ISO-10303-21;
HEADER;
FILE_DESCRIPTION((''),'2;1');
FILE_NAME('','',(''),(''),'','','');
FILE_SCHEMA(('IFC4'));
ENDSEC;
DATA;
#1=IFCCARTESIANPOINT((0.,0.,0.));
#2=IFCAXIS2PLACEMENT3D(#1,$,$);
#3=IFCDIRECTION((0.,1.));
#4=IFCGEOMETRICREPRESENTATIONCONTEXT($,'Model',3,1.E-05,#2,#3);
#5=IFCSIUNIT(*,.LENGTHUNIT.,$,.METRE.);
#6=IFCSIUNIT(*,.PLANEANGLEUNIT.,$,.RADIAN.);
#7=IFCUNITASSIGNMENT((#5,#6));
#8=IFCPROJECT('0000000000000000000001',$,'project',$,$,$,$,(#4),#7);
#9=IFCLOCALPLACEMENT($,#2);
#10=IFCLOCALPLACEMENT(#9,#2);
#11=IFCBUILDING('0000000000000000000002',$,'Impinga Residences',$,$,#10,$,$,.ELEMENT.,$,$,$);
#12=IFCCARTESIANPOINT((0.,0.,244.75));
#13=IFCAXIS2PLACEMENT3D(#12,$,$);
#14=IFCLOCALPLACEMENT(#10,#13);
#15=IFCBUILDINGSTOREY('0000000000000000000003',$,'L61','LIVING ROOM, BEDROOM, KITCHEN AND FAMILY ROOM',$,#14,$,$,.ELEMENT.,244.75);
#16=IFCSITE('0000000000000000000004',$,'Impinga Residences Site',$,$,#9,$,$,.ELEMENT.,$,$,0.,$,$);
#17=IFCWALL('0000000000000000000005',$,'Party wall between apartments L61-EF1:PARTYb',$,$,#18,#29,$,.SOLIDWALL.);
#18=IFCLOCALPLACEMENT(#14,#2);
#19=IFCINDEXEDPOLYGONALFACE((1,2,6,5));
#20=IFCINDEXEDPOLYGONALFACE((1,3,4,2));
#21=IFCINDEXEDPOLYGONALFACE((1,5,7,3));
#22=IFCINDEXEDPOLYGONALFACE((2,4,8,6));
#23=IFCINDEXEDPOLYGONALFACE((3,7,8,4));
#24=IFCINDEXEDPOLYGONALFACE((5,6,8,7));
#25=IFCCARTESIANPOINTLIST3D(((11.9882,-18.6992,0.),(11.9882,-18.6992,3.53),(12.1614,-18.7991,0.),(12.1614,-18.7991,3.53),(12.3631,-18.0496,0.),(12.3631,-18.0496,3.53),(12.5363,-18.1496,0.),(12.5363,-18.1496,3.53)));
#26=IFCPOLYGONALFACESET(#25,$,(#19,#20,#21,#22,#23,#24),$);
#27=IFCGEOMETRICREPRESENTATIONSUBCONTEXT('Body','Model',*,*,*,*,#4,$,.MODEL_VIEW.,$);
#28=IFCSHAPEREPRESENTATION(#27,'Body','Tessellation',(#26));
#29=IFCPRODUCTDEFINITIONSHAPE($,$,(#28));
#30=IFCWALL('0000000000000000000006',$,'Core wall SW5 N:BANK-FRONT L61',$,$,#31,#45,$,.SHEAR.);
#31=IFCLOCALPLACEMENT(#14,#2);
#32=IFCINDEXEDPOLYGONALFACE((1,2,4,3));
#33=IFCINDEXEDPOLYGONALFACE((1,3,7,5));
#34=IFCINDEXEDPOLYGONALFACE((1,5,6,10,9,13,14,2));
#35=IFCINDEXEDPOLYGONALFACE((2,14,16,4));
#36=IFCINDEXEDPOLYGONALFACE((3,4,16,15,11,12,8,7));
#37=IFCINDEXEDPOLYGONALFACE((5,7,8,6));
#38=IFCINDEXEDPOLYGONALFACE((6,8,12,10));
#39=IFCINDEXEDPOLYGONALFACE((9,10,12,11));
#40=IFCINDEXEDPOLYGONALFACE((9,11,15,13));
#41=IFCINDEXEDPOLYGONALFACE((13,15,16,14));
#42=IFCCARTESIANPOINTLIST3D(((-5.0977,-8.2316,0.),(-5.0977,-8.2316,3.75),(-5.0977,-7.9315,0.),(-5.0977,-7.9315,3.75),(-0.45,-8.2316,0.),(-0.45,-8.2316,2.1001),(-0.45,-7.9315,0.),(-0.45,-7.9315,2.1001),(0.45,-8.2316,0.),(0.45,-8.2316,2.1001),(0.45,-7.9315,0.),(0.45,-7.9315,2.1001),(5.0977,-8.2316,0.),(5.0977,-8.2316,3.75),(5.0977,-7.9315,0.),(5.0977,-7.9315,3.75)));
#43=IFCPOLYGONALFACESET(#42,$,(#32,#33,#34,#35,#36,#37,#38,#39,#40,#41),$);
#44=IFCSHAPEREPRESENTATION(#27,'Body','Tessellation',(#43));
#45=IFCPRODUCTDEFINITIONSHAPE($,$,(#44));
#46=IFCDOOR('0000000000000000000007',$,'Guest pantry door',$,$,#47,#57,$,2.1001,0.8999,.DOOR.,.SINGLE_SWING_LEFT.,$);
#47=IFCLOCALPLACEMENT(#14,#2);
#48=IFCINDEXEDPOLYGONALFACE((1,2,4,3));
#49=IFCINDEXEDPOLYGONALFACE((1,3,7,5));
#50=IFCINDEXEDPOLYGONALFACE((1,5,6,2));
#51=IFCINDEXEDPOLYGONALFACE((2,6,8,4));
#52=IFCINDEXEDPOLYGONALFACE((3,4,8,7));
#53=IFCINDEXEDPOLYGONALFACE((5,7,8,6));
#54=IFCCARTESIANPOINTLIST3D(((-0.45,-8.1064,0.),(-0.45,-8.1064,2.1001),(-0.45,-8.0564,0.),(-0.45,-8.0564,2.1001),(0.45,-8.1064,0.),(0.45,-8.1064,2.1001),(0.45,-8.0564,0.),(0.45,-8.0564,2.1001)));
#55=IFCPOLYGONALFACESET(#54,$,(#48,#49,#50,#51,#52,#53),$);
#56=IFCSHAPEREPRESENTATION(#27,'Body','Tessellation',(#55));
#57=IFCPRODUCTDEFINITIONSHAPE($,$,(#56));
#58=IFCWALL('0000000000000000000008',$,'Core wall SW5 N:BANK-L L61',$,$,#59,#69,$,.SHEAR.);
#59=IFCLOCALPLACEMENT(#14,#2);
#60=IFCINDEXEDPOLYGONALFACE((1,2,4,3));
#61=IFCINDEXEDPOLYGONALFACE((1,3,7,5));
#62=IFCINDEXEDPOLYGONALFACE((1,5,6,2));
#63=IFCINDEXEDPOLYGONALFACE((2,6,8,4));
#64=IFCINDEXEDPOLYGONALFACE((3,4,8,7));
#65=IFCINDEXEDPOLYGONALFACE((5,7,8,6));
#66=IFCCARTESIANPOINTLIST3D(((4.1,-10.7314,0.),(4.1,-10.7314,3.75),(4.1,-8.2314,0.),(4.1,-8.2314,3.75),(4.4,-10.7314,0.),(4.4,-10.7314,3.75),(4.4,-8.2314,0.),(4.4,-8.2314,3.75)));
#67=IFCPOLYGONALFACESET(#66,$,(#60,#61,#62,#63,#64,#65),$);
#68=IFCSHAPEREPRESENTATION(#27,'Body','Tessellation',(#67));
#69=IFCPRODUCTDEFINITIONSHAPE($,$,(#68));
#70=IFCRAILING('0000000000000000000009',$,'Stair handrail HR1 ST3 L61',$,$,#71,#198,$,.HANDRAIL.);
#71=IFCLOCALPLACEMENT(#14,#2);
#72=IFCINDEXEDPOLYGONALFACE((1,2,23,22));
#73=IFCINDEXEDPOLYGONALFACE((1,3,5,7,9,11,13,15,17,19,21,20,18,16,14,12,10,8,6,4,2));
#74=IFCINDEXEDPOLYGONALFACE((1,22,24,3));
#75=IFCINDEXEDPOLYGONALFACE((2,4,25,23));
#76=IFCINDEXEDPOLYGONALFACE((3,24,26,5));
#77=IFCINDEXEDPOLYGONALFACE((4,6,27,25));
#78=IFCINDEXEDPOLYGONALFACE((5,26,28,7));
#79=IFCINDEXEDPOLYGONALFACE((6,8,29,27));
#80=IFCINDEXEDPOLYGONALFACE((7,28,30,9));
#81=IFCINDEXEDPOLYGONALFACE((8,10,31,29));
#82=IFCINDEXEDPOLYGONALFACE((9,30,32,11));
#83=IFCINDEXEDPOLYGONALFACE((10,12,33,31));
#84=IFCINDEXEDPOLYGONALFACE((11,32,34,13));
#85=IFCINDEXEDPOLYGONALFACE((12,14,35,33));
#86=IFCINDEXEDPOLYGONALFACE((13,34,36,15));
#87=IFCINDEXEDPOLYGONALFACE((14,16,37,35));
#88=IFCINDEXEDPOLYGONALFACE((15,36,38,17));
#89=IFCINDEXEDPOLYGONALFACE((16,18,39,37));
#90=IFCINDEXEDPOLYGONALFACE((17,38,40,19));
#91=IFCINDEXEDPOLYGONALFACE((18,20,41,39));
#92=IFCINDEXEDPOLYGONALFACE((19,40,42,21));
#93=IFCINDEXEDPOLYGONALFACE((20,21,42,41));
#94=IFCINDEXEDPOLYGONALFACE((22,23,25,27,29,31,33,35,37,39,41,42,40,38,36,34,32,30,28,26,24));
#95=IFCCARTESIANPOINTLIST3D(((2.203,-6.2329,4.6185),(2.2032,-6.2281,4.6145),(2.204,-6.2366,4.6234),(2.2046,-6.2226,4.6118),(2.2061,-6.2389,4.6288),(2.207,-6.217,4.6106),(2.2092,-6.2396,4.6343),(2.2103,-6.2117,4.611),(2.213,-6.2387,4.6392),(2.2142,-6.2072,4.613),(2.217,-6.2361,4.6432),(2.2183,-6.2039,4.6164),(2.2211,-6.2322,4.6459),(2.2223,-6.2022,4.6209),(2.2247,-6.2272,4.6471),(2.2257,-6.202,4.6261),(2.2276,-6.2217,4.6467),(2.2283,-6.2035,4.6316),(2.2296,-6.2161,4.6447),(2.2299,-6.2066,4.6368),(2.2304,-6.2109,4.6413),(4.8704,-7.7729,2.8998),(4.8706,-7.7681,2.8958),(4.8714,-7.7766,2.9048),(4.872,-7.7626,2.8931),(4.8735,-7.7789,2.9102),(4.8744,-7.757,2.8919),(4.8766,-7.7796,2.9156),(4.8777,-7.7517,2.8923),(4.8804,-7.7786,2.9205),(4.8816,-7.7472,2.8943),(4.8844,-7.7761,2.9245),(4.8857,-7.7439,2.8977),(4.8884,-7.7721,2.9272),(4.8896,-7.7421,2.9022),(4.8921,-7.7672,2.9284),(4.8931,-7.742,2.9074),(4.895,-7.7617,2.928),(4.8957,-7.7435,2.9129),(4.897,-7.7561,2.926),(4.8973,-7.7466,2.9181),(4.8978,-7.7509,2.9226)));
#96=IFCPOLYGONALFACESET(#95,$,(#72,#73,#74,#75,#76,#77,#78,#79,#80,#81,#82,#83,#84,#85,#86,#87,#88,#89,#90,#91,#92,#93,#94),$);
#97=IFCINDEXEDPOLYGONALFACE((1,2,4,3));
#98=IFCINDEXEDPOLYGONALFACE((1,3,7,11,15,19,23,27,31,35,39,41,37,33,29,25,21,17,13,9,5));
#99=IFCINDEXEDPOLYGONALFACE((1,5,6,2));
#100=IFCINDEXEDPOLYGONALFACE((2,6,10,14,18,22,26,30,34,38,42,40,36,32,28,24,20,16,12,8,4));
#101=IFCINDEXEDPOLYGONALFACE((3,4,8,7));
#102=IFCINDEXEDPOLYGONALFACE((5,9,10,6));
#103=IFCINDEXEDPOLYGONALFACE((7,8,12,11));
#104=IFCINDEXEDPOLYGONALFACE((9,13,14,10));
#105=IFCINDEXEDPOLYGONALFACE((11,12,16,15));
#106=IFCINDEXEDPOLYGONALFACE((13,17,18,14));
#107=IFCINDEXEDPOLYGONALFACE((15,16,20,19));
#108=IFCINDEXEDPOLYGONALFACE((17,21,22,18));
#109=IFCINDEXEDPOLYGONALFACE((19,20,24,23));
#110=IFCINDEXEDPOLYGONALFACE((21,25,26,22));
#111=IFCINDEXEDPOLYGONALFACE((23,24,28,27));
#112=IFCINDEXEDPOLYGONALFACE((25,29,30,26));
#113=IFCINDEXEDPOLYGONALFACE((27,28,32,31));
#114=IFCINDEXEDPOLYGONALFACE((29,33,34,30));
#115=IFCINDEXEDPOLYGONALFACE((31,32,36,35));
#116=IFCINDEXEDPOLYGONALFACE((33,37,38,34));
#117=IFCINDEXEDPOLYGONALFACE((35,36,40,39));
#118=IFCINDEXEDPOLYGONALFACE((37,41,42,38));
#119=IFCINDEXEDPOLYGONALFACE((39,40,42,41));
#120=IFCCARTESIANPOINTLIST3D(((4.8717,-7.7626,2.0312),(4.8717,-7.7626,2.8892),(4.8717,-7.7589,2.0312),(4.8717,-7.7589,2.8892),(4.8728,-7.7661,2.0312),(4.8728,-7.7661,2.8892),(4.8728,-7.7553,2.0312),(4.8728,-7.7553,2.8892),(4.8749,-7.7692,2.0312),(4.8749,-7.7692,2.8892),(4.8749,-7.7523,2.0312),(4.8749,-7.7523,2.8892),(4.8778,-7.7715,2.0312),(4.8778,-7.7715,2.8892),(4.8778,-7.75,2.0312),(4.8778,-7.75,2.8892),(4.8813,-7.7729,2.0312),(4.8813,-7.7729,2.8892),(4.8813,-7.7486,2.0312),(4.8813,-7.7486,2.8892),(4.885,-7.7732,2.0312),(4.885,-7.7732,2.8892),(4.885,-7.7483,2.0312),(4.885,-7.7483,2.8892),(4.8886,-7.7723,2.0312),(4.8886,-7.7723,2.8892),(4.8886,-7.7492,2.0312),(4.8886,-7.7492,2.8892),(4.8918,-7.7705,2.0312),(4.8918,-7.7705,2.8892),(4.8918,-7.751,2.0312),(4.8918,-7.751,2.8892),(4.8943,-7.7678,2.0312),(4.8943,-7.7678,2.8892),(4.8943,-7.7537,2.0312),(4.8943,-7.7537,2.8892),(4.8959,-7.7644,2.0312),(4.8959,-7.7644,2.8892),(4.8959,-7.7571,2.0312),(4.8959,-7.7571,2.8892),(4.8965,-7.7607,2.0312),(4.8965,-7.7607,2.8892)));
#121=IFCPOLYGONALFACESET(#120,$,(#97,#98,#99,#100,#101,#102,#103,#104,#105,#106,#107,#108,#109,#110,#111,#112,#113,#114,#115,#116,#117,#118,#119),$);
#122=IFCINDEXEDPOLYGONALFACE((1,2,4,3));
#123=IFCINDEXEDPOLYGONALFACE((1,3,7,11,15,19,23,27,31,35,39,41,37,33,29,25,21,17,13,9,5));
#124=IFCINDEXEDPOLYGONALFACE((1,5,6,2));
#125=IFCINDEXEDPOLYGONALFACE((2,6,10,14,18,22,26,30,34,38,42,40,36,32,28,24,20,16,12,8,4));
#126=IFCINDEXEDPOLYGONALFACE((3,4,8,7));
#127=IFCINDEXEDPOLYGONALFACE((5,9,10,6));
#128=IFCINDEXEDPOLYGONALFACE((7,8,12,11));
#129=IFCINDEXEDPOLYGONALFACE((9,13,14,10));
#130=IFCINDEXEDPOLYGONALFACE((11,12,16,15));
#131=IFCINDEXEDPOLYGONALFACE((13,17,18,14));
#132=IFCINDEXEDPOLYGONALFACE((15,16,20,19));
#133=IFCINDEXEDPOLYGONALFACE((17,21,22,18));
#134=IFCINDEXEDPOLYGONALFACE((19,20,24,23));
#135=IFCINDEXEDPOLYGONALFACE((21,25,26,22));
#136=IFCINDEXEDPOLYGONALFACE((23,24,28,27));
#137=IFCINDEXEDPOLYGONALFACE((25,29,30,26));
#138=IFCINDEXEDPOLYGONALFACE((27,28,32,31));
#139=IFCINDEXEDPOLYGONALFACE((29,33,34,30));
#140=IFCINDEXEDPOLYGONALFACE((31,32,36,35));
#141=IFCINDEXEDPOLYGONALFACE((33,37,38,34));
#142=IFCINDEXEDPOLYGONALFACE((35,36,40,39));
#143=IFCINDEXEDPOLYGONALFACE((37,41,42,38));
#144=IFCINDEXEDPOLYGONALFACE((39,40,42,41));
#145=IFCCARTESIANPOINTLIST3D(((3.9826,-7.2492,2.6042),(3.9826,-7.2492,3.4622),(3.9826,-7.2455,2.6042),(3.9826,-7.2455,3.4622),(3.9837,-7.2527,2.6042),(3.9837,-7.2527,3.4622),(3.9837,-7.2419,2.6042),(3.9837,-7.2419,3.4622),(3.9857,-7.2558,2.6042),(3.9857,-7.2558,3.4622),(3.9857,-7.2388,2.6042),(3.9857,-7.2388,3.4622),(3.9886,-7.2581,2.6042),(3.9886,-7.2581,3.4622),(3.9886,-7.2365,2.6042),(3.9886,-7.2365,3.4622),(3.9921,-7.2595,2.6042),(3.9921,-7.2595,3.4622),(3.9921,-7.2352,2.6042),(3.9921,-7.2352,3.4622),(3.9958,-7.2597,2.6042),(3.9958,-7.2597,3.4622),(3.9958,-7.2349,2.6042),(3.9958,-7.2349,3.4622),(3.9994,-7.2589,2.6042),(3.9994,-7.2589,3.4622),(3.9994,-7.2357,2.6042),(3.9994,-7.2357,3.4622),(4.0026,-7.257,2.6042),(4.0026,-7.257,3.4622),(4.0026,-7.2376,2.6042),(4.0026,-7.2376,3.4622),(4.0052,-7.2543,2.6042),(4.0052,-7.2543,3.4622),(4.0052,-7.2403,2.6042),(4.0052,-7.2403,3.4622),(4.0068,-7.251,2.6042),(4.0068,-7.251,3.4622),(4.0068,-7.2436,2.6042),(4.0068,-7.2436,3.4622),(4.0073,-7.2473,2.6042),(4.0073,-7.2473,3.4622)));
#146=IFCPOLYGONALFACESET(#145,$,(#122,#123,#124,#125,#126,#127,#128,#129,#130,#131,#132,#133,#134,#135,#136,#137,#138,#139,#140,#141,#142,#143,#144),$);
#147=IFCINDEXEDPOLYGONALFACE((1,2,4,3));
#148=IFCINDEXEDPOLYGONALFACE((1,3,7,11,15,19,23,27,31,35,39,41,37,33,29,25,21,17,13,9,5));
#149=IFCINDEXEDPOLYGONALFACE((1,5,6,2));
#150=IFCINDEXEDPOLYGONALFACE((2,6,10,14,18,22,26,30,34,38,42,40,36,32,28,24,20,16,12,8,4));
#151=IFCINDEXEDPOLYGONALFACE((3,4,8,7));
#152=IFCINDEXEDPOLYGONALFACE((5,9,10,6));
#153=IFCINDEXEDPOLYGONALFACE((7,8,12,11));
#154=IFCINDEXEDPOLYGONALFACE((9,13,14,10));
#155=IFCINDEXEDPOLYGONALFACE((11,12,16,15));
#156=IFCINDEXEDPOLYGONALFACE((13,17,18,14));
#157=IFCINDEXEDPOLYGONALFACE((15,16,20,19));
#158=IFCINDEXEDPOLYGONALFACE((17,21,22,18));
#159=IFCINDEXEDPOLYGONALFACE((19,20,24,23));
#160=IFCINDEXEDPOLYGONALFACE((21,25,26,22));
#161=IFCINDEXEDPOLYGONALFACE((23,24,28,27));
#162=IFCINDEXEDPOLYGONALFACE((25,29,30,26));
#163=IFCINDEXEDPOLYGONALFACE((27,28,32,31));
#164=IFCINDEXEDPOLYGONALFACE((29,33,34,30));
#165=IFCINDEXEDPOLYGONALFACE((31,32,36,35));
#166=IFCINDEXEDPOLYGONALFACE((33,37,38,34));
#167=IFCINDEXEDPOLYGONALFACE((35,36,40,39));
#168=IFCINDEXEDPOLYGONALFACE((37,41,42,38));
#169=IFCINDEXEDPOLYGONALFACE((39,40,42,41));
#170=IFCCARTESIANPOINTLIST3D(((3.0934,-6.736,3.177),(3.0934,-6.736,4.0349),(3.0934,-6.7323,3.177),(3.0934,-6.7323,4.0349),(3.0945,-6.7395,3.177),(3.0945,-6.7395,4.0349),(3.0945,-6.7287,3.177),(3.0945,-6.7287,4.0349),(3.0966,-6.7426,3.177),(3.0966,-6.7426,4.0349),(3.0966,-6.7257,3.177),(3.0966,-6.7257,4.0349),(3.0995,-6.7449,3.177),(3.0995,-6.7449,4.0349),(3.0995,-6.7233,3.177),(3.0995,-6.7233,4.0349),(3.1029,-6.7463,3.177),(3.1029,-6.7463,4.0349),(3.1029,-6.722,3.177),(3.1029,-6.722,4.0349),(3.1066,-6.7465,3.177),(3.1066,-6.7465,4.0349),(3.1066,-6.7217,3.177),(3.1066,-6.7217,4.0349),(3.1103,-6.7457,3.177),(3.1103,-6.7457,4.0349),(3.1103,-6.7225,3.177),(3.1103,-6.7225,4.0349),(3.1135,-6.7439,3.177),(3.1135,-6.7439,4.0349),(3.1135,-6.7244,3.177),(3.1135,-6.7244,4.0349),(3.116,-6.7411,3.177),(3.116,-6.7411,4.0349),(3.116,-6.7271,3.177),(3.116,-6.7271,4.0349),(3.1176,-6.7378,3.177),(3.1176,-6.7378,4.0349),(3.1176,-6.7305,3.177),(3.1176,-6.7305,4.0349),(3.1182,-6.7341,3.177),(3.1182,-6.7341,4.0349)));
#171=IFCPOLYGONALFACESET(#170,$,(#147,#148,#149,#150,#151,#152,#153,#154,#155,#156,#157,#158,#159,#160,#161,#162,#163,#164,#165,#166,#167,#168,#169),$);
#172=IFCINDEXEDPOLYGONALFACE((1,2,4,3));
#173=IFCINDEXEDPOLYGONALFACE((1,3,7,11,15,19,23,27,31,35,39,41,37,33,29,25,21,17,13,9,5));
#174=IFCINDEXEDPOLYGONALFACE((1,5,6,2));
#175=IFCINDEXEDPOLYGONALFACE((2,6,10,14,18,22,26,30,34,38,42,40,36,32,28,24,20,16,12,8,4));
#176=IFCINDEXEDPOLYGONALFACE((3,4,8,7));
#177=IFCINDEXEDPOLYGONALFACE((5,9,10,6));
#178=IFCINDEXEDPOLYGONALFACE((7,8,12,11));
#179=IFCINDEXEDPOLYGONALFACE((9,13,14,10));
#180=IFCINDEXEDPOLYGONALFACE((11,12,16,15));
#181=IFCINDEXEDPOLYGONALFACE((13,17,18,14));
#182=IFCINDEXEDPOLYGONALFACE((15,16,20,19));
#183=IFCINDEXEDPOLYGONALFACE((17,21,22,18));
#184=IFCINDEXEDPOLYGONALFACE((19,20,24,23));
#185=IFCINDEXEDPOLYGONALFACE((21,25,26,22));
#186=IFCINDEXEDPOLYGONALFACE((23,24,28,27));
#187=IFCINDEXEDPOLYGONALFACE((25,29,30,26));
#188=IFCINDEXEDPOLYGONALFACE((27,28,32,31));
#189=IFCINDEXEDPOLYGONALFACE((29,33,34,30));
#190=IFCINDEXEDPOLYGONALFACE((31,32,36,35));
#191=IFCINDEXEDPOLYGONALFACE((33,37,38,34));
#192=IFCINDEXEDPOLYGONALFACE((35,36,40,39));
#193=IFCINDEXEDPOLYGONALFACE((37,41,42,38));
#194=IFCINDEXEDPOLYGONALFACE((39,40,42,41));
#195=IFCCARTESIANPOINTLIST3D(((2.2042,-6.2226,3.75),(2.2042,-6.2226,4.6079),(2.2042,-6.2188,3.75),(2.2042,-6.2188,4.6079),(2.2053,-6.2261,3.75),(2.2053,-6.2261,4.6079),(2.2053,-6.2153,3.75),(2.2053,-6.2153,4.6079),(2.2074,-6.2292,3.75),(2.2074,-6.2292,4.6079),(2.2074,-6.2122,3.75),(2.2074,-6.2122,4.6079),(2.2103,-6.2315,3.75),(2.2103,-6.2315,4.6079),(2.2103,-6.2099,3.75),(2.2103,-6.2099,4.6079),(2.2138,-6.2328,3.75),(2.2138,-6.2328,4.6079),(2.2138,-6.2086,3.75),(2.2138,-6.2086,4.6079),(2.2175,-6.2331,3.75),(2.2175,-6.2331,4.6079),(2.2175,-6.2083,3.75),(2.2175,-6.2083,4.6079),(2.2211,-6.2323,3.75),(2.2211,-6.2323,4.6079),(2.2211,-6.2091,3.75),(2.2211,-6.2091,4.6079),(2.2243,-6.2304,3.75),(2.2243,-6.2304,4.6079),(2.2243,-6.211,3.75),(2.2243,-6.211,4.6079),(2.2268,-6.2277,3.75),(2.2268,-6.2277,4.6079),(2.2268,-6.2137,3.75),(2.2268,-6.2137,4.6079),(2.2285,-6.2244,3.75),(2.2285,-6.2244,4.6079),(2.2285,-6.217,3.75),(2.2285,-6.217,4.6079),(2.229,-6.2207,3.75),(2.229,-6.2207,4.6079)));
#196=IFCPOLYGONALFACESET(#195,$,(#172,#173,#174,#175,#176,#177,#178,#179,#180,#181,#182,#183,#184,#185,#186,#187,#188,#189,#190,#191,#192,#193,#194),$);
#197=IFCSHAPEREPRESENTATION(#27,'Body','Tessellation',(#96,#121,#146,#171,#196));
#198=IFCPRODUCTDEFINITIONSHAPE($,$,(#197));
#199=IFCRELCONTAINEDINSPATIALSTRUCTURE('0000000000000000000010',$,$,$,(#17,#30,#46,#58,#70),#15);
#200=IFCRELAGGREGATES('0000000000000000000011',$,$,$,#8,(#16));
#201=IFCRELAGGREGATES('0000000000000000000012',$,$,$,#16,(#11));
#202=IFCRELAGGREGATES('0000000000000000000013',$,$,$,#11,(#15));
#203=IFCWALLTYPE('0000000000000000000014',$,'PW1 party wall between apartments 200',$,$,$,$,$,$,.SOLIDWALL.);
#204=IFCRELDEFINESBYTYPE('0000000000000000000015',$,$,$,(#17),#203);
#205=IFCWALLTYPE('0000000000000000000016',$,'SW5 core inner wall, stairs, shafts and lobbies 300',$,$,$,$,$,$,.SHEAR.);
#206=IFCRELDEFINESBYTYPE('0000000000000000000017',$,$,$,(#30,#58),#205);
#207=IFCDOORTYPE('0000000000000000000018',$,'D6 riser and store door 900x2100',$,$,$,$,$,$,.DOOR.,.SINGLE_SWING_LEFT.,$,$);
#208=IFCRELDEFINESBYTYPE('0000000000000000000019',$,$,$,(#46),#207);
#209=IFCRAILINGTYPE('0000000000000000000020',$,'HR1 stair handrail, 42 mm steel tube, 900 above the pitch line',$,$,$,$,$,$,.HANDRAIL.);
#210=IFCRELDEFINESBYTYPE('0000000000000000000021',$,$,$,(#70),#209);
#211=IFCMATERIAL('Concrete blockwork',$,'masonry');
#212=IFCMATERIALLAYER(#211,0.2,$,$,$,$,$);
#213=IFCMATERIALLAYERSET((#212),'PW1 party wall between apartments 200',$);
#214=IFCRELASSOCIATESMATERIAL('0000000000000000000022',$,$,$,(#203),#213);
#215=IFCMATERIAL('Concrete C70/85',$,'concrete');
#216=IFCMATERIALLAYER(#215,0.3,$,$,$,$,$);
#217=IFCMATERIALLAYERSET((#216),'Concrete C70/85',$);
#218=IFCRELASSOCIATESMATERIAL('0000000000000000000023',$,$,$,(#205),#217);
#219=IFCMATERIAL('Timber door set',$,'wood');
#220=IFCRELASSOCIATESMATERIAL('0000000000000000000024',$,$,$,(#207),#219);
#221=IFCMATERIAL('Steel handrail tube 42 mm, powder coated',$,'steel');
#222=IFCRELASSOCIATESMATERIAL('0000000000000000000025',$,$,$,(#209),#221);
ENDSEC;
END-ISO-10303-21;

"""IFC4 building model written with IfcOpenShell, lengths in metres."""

from ifc_helpers import new_model, si_unit, direction, frame, frame_2d, origin, origin_2d, place, context, subcontext, project, spatial, rectangle, circle, extrude, material, layer, layer_set, type_object, element, fill, save


model = new_model("IFC4")

# Units and contexts
model_context = context("Model", 3, precision=1e-05, world=origin(), true_north=direction((0.0, 1.0)))
body_context = subcontext(model_context, "Body", "Model", "MODEL_VIEW")
ifc_project = project(units=[si_unit("LENGTHUNIT", "METRE"), si_unit("PLANEANGLEUNIT", "RADIAN")], contexts=[model_context])

# Site, building, storey
site_placement = place(None, origin())
site = spatial("IfcSite", under=ifc_project, at=site_placement, Name="Impinga Residences Site", CompositionType="ELEMENT", RefElevation=0.0)
building_placement = place(site_placement, origin())
building = spatial("IfcBuilding", under=site, at=building_placement, Name="Impinga Residences", CompositionType="ELEMENT")
storey_placement = place(building_placement, frame((0.0, 0.0, 244.75)))
storey = spatial("IfcBuildingStorey", under=building, at=storey_placement, Name="L61", Description="LIVING ROOM, BEDROOM, KITCHEN AND FAMILY ROOM", CompositionType="ELEMENT", Elevation=244.75)

# Shared definitions
ifc_material_1 = material(Name="Timber door set", Category="wood")

# Wall
ifc_material_2 = material(Name="Concrete blockwork", Category="masonry")
ifc_layer_1 = layer(ifc_material_2, 0.2)
ifc_layer_set_1 = layer_set([ifc_layer_1], Name="PW1 party wall between apartments 200")
wall_type_1 = type_object("IfcWallType", Name="PW1 party wall between apartments 200", PredefinedType="SOLIDWALL", material=ifc_layer_set_1)
wall_1_placement = place(storey_placement, frame((12.4497, -18.0996, 0.0), z_axis=(0.0, 0.0, 1.0), x_axis=(-0.49992, -0.866072, 0.0)))
element("IfcWall", 1, at=wall_1_placement, inside=storey, type_object=wall_type_1, Name="Party wall between apartments L61-EF1:PARTYb", PredefinedType="SOLIDWALL", context=body_context, shape_type="SweptSolid", body=[
    extrude(rectangle(XDim=0.75, YDim=0.2, at=frame_2d((0.375, 0.0))), origin(), (0.0, 0.0, 1.0), 3.53),
])

# Wall, opening, door
ifc_material_3 = material(Name="Concrete C70/85", Category="concrete")
ifc_layer_2 = layer(ifc_material_3, 0.3)
ifc_layer_set_2 = layer_set([ifc_layer_2], Name="Concrete C70/85")
wall_type_2 = type_object("IfcWallType", Name="SW5 core inner wall, stairs, shafts and lobbies 300", PredefinedType="SHEAR", material=ifc_layer_set_2)
wall_2_placement = place(storey_placement, frame((5.0977, -8.0815, 0.0), z_axis=(0.0, 0.0, 1.0), x_axis=(-1.0, 0.0, 0.0)))
wall_2 = element("IfcWall", 2, at=wall_2_placement, inside=storey, type_object=wall_type_2, Name="Core wall SW5 N:BANK-FRONT L61", PredefinedType="SHEAR", context=body_context, shape_type="SweptSolid", body=[
    extrude(rectangle(XDim=10.1953, YDim=0.3, at=frame_2d((5.0977, 0.0))), origin(), (0.0, 0.0, 1.0), 3.75),
])
opening_1_placement = place(wall_2_placement, frame((4.6477, 0.0, 0.0)))
opening_1 = element("IfcOpeningElement", 3, at=opening_1_placement, cuts=wall_2, PredefinedType="OPENING", context=body_context, shape_type="SweptSolid", body=[
    extrude(rectangle(XDim=0.8999, YDim=2.1001, at=frame_2d((0.45, 1.05))), frame((0.0, 0.1599, 0.0), z_axis=(0.0, -1.0, 0.0), x_axis=(1.0, 0.0, 0.0)), (0.0, 0.0, 1.0), 0.3201),
])
door_type_1 = type_object("IfcDoorType", Name="D6 riser and store door 900x2100", OperationType="SINGLE_SWING_LEFT", PredefinedType="DOOR", material=ifc_material_1)
door_1_placement = place(opening_1_placement, origin())
door_1 = element("IfcDoor", 4, at=door_1_placement, inside=storey, type_object=door_type_1, Name="Guest pantry door", OperationType="SINGLE_SWING_LEFT", OverallHeight=2.1001, OverallWidth=0.8999, PredefinedType="DOOR", context=body_context, shape_type="SweptSolid", body=[
    extrude(rectangle(XDim=0.8999, YDim=2.1001, at=frame_2d((0.45, 1.05))), frame((0.0, 0.0249, 0.0), z_axis=(0.0, -1.0, 0.0), x_axis=(1.0, 0.0, 0.0)), (0.0, 0.0, 1.0), 0.05),
])
fill(opening_1, door_1)

# Wall
wall_3_placement = place(storey_placement, frame((4.25, -8.2314, 0.0), z_axis=(0.0, 0.0, 1.0), x_axis=(0.0, -1.0, 0.0)))
element("IfcWall", 5, at=wall_3_placement, inside=storey, type_object=wall_type_2, Name="Core wall SW5 N:BANK-L L61", PredefinedType="SHEAR", context=body_context, shape_type="SweptSolid", body=[
    extrude(rectangle(XDim=2.5, YDim=0.3, at=frame_2d((1.25, 0.0))), origin(), (0.0, 0.0, 1.0), 3.75),
])

# Railing
ifc_material_4 = material(Name="Steel handrail tube 42 mm, powder coated", Category="steel")
railing_type = type_object("IfcRailingType", Name="HR1 stair handrail, 42 mm steel tube, 900 above the pitch line", PredefinedType="HANDRAIL", material=ifc_material_4)
railing_placement = place(storey_placement, frame((4.884, -7.7607, 2.0312)))
element("IfcRailing", 6, at=railing_placement, inside=storey, type_object=railing_type, Name="Stair handrail HR1 ST3 L61", PredefinedType="HANDRAIL", context=body_context, shape_type="SweptSolid", body=[
    extrude(circle(Radius=0.021, at=origin_2d()), frame((0.0, 0.0, 0.8789), z_axis=(-0.756256, 0.436616, 0.487282), x_axis=(-0.499992, -0.86603, 0.0)), (0.0, 0.0, 1.0), 3.5271),
    extrude(circle(Radius=0.0125, at=origin_2d()), origin(), (0.0, 0.0, 1.0), 0.8579),
    extrude(circle(Radius=0.0125, at=origin_2d()), frame((-0.8892, 0.5134, 0.573)), (0.0, 0.0, 1.0), 0.8579),
    extrude(circle(Radius=0.0125, at=origin_2d()), frame((-1.7783, 1.0266, 1.1458)), (0.0, 0.0, 1.0), 0.8579),
    extrude(circle(Radius=0.0125, at=origin_2d()), frame((-2.6675, 1.54, 1.7188)), (0.0, 0.0, 1.0), 0.8579),
])

save(model, "model.ifc")
